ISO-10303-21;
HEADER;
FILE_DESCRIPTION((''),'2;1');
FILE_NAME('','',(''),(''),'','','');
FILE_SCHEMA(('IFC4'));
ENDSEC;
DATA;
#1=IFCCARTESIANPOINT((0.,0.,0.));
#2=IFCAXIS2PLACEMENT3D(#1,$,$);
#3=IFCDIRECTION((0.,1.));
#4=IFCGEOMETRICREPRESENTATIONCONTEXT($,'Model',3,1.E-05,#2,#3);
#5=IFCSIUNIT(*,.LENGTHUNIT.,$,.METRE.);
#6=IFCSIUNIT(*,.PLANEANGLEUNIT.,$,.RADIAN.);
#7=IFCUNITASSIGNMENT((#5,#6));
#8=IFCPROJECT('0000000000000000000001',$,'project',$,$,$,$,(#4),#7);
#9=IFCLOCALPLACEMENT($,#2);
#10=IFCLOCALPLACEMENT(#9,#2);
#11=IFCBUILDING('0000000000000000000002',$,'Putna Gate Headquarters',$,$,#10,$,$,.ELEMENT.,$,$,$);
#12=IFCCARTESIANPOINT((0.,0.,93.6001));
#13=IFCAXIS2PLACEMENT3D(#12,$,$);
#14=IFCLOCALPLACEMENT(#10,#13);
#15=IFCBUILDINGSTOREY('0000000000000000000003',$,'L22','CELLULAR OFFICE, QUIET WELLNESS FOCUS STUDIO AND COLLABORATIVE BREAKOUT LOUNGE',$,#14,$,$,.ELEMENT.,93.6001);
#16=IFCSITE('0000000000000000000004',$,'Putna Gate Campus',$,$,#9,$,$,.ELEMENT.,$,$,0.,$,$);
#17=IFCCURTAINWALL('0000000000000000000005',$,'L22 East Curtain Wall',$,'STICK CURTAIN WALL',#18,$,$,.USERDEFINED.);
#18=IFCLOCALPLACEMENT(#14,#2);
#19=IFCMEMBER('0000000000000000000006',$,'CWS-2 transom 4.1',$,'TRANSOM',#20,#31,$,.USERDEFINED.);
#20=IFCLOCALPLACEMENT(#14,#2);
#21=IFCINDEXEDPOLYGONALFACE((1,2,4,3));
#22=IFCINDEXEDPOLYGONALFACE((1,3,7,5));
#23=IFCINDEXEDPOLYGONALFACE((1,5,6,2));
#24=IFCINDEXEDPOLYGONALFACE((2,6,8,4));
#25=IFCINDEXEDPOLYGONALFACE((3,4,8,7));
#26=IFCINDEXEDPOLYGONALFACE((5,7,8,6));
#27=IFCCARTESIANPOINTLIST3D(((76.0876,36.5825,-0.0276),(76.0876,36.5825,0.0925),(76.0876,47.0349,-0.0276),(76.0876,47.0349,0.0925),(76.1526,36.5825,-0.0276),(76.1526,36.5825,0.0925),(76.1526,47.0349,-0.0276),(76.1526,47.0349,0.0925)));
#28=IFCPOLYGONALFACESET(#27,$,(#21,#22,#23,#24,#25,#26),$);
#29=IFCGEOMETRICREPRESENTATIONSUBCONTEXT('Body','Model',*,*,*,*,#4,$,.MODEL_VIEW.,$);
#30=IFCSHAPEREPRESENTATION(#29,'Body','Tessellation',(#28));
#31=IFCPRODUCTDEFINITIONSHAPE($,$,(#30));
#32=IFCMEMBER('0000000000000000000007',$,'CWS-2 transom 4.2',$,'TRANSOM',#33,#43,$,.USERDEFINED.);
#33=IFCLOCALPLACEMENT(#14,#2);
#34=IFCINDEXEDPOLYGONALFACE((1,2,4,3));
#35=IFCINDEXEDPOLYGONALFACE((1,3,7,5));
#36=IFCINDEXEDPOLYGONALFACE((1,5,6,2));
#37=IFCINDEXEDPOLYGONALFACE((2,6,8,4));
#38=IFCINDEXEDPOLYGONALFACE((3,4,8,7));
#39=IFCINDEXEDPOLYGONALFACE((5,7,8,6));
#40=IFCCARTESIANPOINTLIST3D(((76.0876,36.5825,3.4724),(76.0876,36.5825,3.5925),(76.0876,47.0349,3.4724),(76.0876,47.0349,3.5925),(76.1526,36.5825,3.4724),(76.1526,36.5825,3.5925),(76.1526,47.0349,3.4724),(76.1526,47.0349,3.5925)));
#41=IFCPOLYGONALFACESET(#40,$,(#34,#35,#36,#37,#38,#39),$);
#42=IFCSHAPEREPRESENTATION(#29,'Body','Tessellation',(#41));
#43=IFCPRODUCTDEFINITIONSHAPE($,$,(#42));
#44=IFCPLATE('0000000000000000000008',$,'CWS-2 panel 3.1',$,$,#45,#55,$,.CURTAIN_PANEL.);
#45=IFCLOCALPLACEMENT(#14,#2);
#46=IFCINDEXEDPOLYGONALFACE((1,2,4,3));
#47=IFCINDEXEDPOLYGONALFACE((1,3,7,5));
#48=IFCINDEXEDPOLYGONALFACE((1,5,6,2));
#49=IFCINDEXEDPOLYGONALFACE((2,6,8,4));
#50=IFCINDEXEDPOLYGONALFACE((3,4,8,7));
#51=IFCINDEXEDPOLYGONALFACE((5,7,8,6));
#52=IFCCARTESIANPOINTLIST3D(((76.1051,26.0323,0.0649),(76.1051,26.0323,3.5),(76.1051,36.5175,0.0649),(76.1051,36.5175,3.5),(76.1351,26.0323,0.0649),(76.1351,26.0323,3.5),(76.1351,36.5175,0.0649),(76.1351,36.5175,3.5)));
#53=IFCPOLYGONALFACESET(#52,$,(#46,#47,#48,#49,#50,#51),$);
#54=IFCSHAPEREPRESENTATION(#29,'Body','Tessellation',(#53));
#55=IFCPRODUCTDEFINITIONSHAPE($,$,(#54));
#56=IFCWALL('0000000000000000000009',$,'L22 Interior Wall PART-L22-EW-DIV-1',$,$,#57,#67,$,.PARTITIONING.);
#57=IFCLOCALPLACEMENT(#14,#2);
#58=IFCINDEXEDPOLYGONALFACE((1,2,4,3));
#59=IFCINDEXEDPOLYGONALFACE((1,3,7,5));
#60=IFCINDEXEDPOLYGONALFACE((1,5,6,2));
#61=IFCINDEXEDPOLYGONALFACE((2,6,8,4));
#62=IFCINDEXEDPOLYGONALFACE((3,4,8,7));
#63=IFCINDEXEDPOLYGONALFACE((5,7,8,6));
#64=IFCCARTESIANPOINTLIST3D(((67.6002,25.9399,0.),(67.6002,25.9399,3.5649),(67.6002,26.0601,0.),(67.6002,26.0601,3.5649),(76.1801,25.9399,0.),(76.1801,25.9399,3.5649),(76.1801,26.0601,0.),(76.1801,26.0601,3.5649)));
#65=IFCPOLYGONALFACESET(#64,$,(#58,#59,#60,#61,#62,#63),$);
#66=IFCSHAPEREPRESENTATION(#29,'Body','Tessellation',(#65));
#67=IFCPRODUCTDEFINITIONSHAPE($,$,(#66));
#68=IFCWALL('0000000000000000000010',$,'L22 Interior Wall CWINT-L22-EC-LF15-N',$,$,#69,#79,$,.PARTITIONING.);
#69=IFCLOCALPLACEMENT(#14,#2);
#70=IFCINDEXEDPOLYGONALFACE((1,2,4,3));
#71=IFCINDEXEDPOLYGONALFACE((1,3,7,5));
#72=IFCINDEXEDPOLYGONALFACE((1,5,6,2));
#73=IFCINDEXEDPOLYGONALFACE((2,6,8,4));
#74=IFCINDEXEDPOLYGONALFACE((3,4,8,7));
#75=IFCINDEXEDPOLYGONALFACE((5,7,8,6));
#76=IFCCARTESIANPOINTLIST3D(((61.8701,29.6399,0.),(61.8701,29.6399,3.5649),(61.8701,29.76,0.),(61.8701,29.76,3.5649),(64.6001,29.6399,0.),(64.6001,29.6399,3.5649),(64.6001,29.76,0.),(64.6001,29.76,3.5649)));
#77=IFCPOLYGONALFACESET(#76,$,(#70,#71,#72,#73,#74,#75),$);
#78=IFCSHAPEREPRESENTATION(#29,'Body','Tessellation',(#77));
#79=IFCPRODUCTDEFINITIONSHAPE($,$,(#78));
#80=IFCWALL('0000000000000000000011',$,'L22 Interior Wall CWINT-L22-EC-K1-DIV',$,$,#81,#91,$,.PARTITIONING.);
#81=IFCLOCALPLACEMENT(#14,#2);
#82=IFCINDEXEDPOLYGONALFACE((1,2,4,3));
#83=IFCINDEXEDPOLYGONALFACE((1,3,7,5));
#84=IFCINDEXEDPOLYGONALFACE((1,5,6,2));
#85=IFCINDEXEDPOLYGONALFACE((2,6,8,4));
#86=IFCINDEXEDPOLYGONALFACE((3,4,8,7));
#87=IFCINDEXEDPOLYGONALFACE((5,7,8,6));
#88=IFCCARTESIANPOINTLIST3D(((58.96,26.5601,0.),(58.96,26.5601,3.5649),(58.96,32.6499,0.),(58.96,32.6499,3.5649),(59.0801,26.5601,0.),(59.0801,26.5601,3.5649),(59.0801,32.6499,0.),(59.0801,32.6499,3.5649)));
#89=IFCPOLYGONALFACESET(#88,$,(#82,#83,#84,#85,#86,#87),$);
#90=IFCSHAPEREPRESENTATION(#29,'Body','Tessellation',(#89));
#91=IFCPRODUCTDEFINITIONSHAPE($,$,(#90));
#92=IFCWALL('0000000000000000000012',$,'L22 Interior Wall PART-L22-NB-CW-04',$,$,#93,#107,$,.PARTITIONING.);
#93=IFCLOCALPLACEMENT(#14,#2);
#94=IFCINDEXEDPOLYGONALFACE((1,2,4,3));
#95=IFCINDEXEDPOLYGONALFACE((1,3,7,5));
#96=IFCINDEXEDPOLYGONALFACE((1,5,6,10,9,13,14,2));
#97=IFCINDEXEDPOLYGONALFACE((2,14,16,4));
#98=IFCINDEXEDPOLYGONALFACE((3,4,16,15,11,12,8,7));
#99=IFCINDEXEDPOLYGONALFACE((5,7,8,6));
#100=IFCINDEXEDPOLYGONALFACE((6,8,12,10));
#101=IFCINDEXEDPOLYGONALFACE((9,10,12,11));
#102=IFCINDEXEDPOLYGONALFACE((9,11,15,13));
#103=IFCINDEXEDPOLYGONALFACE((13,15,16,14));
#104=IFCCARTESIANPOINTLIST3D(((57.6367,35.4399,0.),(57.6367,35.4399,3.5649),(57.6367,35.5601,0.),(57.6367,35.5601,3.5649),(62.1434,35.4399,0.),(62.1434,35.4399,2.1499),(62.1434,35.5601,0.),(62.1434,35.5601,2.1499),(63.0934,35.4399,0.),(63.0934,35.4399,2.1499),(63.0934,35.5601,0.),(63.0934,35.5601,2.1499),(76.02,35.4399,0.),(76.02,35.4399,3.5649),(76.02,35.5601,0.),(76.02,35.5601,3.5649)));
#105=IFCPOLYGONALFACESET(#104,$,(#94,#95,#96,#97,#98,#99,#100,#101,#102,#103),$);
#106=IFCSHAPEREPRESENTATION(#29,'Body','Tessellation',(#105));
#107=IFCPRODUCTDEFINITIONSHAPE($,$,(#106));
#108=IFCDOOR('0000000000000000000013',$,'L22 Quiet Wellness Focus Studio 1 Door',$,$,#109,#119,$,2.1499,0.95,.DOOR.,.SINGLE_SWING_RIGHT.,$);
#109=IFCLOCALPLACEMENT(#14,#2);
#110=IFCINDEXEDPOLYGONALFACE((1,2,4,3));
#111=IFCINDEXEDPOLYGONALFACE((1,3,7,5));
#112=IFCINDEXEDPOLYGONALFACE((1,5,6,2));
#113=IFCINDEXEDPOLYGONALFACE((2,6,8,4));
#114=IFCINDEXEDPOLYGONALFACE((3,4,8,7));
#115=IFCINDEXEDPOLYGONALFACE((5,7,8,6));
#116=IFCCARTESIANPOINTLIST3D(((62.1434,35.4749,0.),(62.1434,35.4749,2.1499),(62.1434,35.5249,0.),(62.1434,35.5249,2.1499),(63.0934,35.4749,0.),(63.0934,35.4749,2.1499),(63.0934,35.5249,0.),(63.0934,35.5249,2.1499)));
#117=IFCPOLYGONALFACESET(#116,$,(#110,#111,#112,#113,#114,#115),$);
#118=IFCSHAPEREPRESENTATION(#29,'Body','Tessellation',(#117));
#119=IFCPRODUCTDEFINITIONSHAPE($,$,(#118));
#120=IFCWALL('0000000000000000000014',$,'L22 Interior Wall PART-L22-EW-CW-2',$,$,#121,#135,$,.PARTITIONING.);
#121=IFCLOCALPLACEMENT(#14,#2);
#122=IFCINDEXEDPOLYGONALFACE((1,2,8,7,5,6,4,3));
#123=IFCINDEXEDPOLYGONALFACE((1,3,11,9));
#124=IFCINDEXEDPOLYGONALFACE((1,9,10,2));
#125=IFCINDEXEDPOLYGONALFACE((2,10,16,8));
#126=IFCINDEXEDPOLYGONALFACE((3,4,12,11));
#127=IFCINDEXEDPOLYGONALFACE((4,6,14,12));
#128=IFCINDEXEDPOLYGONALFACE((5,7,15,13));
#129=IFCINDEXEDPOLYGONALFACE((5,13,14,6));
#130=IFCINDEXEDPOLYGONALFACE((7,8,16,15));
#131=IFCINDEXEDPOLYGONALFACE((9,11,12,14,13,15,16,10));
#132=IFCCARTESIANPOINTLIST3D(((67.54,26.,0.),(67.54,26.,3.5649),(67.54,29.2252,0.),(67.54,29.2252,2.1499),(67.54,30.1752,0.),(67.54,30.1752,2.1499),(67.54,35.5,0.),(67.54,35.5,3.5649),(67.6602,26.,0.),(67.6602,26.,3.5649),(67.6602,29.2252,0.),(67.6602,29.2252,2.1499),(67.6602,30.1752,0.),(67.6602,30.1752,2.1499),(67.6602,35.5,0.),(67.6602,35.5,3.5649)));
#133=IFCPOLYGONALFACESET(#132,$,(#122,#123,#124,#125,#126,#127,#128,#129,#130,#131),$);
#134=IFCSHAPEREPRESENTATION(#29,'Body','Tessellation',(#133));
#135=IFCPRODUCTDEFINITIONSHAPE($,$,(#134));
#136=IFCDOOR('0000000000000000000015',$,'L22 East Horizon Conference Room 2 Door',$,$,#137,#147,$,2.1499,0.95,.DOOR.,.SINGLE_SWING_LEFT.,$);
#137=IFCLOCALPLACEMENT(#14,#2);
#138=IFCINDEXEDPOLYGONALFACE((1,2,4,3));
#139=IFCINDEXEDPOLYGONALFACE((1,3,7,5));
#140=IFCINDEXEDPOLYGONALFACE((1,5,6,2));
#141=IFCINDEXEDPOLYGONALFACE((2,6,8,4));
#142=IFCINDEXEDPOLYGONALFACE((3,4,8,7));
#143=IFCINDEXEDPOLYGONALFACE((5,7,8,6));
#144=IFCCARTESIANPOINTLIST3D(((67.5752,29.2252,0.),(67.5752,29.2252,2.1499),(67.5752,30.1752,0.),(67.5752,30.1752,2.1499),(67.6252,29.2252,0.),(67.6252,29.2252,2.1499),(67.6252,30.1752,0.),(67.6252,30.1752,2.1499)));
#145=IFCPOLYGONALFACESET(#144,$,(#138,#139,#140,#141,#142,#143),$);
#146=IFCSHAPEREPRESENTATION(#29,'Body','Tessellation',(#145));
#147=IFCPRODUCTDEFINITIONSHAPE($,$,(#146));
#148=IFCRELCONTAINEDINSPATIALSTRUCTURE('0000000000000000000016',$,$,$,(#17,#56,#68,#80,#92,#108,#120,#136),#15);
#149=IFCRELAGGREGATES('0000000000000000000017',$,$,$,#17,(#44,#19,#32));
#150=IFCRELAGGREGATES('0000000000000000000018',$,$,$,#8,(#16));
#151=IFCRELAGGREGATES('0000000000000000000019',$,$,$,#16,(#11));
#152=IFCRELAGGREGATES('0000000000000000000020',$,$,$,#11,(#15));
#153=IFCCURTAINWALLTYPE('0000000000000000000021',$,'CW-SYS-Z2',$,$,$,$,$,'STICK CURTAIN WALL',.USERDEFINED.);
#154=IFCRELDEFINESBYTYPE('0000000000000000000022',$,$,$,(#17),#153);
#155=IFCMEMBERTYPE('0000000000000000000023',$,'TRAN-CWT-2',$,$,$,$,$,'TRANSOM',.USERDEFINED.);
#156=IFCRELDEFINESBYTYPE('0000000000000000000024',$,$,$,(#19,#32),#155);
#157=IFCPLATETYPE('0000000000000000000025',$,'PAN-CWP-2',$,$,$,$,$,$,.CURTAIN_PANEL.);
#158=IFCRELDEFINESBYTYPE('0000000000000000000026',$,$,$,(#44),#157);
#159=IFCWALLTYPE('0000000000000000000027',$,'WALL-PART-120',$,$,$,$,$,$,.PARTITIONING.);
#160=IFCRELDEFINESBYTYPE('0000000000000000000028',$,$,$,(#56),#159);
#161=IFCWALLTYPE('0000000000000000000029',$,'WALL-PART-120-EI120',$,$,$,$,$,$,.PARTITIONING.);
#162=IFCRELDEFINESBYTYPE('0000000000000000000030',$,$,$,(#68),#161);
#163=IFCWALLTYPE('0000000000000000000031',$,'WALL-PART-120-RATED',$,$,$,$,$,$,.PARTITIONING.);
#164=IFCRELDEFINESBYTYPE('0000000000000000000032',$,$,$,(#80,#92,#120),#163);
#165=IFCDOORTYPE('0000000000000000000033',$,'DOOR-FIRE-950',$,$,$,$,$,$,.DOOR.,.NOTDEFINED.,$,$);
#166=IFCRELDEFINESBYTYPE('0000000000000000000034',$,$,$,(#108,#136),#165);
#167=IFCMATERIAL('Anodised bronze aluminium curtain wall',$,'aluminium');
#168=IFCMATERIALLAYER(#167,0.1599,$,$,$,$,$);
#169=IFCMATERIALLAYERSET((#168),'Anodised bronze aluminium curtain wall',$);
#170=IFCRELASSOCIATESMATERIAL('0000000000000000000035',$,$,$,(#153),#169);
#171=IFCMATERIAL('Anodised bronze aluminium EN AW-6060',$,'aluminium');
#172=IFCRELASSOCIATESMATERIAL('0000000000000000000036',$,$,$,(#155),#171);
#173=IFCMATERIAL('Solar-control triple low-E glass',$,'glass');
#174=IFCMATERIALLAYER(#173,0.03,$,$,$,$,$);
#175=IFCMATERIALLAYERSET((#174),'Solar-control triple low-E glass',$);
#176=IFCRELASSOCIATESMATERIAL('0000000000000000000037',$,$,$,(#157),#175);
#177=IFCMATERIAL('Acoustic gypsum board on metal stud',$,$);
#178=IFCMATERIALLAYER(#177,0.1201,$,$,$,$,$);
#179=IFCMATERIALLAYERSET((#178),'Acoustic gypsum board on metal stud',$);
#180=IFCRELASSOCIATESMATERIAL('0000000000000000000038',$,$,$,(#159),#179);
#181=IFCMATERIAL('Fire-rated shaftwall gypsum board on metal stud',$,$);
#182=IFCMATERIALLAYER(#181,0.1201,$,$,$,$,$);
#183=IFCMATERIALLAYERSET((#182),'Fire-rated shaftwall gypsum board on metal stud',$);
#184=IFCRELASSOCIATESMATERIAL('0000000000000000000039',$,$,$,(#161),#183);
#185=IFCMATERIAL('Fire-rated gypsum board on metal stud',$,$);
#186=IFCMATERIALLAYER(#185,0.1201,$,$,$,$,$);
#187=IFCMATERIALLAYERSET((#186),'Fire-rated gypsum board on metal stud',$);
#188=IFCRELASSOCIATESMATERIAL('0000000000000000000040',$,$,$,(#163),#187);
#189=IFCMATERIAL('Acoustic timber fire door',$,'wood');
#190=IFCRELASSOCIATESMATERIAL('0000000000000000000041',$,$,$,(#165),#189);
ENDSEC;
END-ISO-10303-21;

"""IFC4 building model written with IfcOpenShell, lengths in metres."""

from ifc_helpers import new_model, si_unit, direction, frame, frame_2d, origin, origin_2d, place, context, subcontext, project, spatial, rectangle, extrude, material, layer, layer_set, material_profile, profile_set, type_object, element, fill, aggregate, save


model = new_model("IFC4")

# Units and contexts
model_context = context("Model", 3, precision=1e-05, world=origin(), true_north=direction((0.0, 1.0)))
body_context = subcontext(model_context, "Body", "Model", "MODEL_VIEW")
ifc_project = project(units=[si_unit("LENGTHUNIT", "METRE"), si_unit("PLANEANGLEUNIT", "RADIAN")], contexts=[model_context])

# Site, building, storey
site_placement = place(None, origin())
site = spatial("IfcSite", under=ifc_project, at=site_placement, Name="Putna Gate Campus", CompositionType="ELEMENT", RefElevation=0.0)
building_placement = place(site_placement, origin())
building = spatial("IfcBuilding", under=site, at=building_placement, Name="Putna Gate Headquarters", CompositionType="ELEMENT")
storey_placement = place(building_placement, frame((0.0, 0.0, 93.6001)))
storey = spatial("IfcBuildingStorey", under=building, at=storey_placement, Name="L22", Description="CELLULAR OFFICE, QUIET WELLNESS FOCUS STUDIO AND COLLABORATIVE BREAKOUT LOUNGE", CompositionType="ELEMENT", Elevation=93.6001)

# Curtain wall, members, plate
ifc_material_1 = material(Name="Anodised bronze aluminium curtain wall", Category="aluminium")
ifc_layer_1 = layer(ifc_material_1, 0.1599)
ifc_layer_set_1 = layer_set([ifc_layer_1], Name="Anodised bronze aluminium curtain wall")
curtain_wall_type = type_object("IfcCurtainWallType", Name="CW-SYS-Z2", ElementType="STICK CURTAIN WALL", PredefinedType="USERDEFINED", material=ifc_layer_set_1)
curtain_wall_placement = place(storey_placement, origin())
curtain_wall = element("IfcCurtainWall", 1, at=curtain_wall_placement, inside=storey, type_object=curtain_wall_type, Name="L22 East Curtain Wall", ObjectType="STICK CURTAIN WALL", PredefinedType="USERDEFINED")
ifc_material_2 = material(Name="Anodised bronze aluminium EN AW-6060", Category="aluminium")
ifc_material_profile_1 = material_profile(ifc_material_2, rectangle(XDim=0.0649, YDim=0.1201, at=origin_2d()), Name="Anodised bronze aluminium EN AW-6060")
ifc_profile_set_1 = profile_set([ifc_material_profile_1], Name="Anodised bronze aluminium EN AW-6060")
member_type_1 = type_object("IfcMemberType", Name="TRAN-CWT-2", ElementType="TRANSOM", PredefinedType="USERDEFINED", material=ifc_profile_set_1)
member_1_placement = place(storey_placement, frame((76.1201, 36.5825, 0.0325), z_axis=(0.0, 1.0, 0.0), x_axis=(-1.0, 0.0, 0.0)))
member_1 = element("IfcMember", 2, at=member_1_placement, type_object=member_type_1, Name="CWS-2 transom 4.1", ObjectType="TRANSOM", PredefinedType="USERDEFINED", context=body_context, shape_type="SweptSolid", body=[
    extrude(rectangle(XDim=0.0649, YDim=0.1201, at=origin_2d()), origin(), (0.0, 0.0, 1.0), 10.4524),
])
member_2_placement = place(storey_placement, frame((76.1201, 36.5825, 3.5325), z_axis=(0.0, 1.0, 0.0), x_axis=(-1.0, 0.0, 0.0)))
member_2 = element("IfcMember", 3, at=member_2_placement, type_object=member_type_1, Name="CWS-2 transom 4.2", ObjectType="TRANSOM", PredefinedType="USERDEFINED", context=body_context, shape_type="SweptSolid", body=[
    extrude(rectangle(XDim=0.0649, YDim=0.1201, at=origin_2d()), origin(), (0.0, 0.0, 1.0), 10.4524),
])
ifc_material_3 = material(Name="Solar-control triple low-E glass", Category="glass")
ifc_layer_2 = layer(ifc_material_3, 0.03)
ifc_layer_set_2 = layer_set([ifc_layer_2], Name="Solar-control triple low-E glass")
plate_type = type_object("IfcPlateType", Name="PAN-CWP-2", PredefinedType="CURTAIN_PANEL", material=ifc_layer_set_2)
plate_placement = place(storey_placement, frame((76.1201, 31.2749, 0.0649), z_axis=(0.0, 0.0, 1.0), x_axis=(0.0, 1.0, 0.0)))
plate = element("IfcPlate", 4, at=plate_placement, type_object=plate_type, Name="CWS-2 panel 3.1", PredefinedType="CURTAIN_PANEL", context=body_context, shape_type="SweptSolid", body=[
    extrude(rectangle(XDim=10.4851, YDim=0.03, at=origin_2d()), origin(), (0.0, 0.0, 1.0), 3.4351),
])
aggregate(curtain_wall, [plate, member_1, member_2])

# Walls
ifc_material_4 = material(Name="Acoustic gypsum board on metal stud")
ifc_layer_3 = layer(ifc_material_4, 0.1201)
ifc_layer_set_3 = layer_set([ifc_layer_3], Name="Acoustic gypsum board on metal stud")
wall_type_1 = type_object("IfcWallType", Name="WALL-PART-120", PredefinedType="PARTITIONING", material=ifc_layer_set_3)
wall_1_placement = place(storey_placement, frame((67.6001, 26.0, 0.0), z_axis=(0.0, 0.0, 1.0), x_axis=(1.0, 0.0, 0.0)))
element("IfcWall", 5, at=wall_1_placement, inside=storey, type_object=wall_type_1, Name="L22 Interior Wall PART-L22-EW-DIV-1", PredefinedType="PARTITIONING", context=body_context, shape_type="SweptSolid", body=[
    extrude(rectangle(XDim=8.5798, YDim=0.1201, at=frame_2d((4.29, 0.0))), origin(), (0.0, 0.0, 1.0), 3.5649),
])
ifc_material_5 = material(Name="Fire-rated shaftwall gypsum board on metal stud")
ifc_layer_4 = layer(ifc_material_5, 0.1201)
ifc_layer_set_4 = layer_set([ifc_layer_4], Name="Fire-rated shaftwall gypsum board on metal stud")
wall_type_2 = type_object("IfcWallType", Name="WALL-PART-120-EI120", PredefinedType="PARTITIONING", material=ifc_layer_set_4)
wall_2_placement = place(storey_placement, frame((61.8701, 29.7, 0.0), z_axis=(0.0, 0.0, 1.0), x_axis=(1.0, 0.0, 0.0)))
element("IfcWall", 6, at=wall_2_placement, inside=storey, type_object=wall_type_2, Name="L22 Interior Wall CWINT-L22-EC-LF15-N", PredefinedType="PARTITIONING", context=body_context, shape_type="SweptSolid", body=[
    extrude(rectangle(XDim=2.73, YDim=0.1201, at=frame_2d((1.365, 0.0))), origin(), (0.0, 0.0, 1.0), 3.5649),
])
ifc_material_6 = material(Name="Fire-rated gypsum board on metal stud")
ifc_layer_5 = layer(ifc_material_6, 0.1201)
ifc_layer_set_5 = layer_set([ifc_layer_5], Name="Fire-rated gypsum board on metal stud")
wall_type_3 = type_object("IfcWallType", Name="WALL-PART-120-RATED", PredefinedType="PARTITIONING", material=ifc_layer_set_5)
wall_3_placement = place(storey_placement, frame((59.02, 26.5601, 0.0), z_axis=(0.0, 0.0, 1.0), x_axis=(0.0, 1.0, 0.0)))
element("IfcWall", 7, at=wall_3_placement, inside=storey, type_object=wall_type_3, Name="L22 Interior Wall CWINT-L22-EC-K1-DIV", PredefinedType="PARTITIONING", context=body_context, shape_type="SweptSolid", body=[
    extrude(rectangle(XDim=6.0898, YDim=0.1201, at=frame_2d((3.0449, 0.0))), origin(), (0.0, 0.0, 1.0), 3.5649),
])

# Walls, openings, doors
wall_4_placement = place(storey_placement, frame((57.6367, 35.5, 0.0), z_axis=(0.0, 0.0, 1.0), x_axis=(1.0, 0.0, 0.0)))
wall_4 = element("IfcWall", 8, at=wall_4_placement, inside=storey, type_object=wall_type_3, Name="L22 Interior Wall PART-L22-NB-CW-04", PredefinedType="PARTITIONING", context=body_context, shape_type="SweptSolid", body=[
    extrude(rectangle(XDim=18.3833, YDim=0.1201, at=frame_2d((9.1917, 0.0))), origin(), (0.0, 0.0, 1.0), 3.5649),
])
opening_1_placement = place(wall_4_placement, frame((4.5066, 0.0, 0.0)))
opening_1 = element("IfcOpeningElement", 9, at=opening_1_placement, cuts=wall_4, PredefinedType="OPENING", context=body_context, shape_type="SweptSolid", body=[
    extrude(rectangle(XDim=0.95, YDim=2.1499, at=frame_2d((0.4751, 1.075))), frame((0.0, 0.0701, 0.0), z_axis=(0.0, -1.0, 0.0), x_axis=(1.0, 0.0, 0.0)), (0.0, 0.0, 1.0), 0.1401),
])
ifc_material_7 = material(Name="Acoustic timber fire door", Category="wood")
door_type_1 = type_object("IfcDoorType", Name="DOOR-FIRE-950", OperationType="NOTDEFINED", PredefinedType="DOOR", material=ifc_material_7)
door_1_placement = place(opening_1_placement, origin())
door_1 = element("IfcDoor", 10, at=door_1_placement, inside=storey, type_object=door_type_1, Name="L22 Quiet Wellness Focus Studio 1 Door", OperationType="SINGLE_SWING_RIGHT", OverallHeight=2.1499, OverallWidth=0.95, PredefinedType="DOOR", context=body_context, shape_type="SweptSolid", body=[
    extrude(rectangle(XDim=0.95, YDim=2.1499, at=frame_2d((0.4751, 1.075))), frame((0.0, 0.0249, 0.0), z_axis=(0.0, -1.0, 0.0), x_axis=(1.0, 0.0, 0.0)), (0.0, 0.0, 1.0), 0.05),
])
fill(opening_1, door_1)
wall_5_placement = place(storey_placement, frame((67.6001, 26.0, 0.0), z_axis=(0.0, 0.0, 1.0), x_axis=(0.0, 1.0, 0.0)))
wall_5 = element("IfcWall", 11, at=wall_5_placement, inside=storey, type_object=wall_type_3, Name="L22 Interior Wall PART-L22-EW-CW-2", PredefinedType="PARTITIONING", context=body_context, shape_type="SweptSolid", body=[
    extrude(rectangle(XDim=9.5, YDim=0.1201, at=frame_2d((4.75, 0.0))), origin(), (0.0, 0.0, 1.0), 3.5649),
])
opening_2_placement = place(wall_5_placement, frame((3.2251, 0.0, 0.0)))
opening_2 = element("IfcOpeningElement", 12, at=opening_2_placement, cuts=wall_5, PredefinedType="OPENING", context=body_context, shape_type="SweptSolid", body=[
    extrude(rectangle(XDim=0.95, YDim=2.1499, at=frame_2d((0.4751, 1.075))), frame((0.0, 0.0701, 0.0), z_axis=(0.0, -1.0, 0.0), x_axis=(1.0, 0.0, 0.0)), (0.0, 0.0, 1.0), 0.1401),
])
door_2_placement = place(opening_2_placement, origin())
door_2 = element("IfcDoor", 13, at=door_2_placement, inside=storey, type_object=door_type_1, Name="L22 East Horizon Conference Room 2 Door", OperationType="SINGLE_SWING_LEFT", OverallHeight=2.1499, OverallWidth=0.95, PredefinedType="DOOR", context=body_context, shape_type="SweptSolid", body=[
    extrude(rectangle(XDim=0.95, YDim=2.1499, at=frame_2d((0.4751, 1.075))), frame((0.0, 0.0249, 0.0), z_axis=(0.0, -1.0, 0.0), x_axis=(1.0, 0.0, 0.0)), (0.0, 0.0, 1.0), 0.05),
])
fill(opening_2, door_2)

save(model, "model.ifc")
